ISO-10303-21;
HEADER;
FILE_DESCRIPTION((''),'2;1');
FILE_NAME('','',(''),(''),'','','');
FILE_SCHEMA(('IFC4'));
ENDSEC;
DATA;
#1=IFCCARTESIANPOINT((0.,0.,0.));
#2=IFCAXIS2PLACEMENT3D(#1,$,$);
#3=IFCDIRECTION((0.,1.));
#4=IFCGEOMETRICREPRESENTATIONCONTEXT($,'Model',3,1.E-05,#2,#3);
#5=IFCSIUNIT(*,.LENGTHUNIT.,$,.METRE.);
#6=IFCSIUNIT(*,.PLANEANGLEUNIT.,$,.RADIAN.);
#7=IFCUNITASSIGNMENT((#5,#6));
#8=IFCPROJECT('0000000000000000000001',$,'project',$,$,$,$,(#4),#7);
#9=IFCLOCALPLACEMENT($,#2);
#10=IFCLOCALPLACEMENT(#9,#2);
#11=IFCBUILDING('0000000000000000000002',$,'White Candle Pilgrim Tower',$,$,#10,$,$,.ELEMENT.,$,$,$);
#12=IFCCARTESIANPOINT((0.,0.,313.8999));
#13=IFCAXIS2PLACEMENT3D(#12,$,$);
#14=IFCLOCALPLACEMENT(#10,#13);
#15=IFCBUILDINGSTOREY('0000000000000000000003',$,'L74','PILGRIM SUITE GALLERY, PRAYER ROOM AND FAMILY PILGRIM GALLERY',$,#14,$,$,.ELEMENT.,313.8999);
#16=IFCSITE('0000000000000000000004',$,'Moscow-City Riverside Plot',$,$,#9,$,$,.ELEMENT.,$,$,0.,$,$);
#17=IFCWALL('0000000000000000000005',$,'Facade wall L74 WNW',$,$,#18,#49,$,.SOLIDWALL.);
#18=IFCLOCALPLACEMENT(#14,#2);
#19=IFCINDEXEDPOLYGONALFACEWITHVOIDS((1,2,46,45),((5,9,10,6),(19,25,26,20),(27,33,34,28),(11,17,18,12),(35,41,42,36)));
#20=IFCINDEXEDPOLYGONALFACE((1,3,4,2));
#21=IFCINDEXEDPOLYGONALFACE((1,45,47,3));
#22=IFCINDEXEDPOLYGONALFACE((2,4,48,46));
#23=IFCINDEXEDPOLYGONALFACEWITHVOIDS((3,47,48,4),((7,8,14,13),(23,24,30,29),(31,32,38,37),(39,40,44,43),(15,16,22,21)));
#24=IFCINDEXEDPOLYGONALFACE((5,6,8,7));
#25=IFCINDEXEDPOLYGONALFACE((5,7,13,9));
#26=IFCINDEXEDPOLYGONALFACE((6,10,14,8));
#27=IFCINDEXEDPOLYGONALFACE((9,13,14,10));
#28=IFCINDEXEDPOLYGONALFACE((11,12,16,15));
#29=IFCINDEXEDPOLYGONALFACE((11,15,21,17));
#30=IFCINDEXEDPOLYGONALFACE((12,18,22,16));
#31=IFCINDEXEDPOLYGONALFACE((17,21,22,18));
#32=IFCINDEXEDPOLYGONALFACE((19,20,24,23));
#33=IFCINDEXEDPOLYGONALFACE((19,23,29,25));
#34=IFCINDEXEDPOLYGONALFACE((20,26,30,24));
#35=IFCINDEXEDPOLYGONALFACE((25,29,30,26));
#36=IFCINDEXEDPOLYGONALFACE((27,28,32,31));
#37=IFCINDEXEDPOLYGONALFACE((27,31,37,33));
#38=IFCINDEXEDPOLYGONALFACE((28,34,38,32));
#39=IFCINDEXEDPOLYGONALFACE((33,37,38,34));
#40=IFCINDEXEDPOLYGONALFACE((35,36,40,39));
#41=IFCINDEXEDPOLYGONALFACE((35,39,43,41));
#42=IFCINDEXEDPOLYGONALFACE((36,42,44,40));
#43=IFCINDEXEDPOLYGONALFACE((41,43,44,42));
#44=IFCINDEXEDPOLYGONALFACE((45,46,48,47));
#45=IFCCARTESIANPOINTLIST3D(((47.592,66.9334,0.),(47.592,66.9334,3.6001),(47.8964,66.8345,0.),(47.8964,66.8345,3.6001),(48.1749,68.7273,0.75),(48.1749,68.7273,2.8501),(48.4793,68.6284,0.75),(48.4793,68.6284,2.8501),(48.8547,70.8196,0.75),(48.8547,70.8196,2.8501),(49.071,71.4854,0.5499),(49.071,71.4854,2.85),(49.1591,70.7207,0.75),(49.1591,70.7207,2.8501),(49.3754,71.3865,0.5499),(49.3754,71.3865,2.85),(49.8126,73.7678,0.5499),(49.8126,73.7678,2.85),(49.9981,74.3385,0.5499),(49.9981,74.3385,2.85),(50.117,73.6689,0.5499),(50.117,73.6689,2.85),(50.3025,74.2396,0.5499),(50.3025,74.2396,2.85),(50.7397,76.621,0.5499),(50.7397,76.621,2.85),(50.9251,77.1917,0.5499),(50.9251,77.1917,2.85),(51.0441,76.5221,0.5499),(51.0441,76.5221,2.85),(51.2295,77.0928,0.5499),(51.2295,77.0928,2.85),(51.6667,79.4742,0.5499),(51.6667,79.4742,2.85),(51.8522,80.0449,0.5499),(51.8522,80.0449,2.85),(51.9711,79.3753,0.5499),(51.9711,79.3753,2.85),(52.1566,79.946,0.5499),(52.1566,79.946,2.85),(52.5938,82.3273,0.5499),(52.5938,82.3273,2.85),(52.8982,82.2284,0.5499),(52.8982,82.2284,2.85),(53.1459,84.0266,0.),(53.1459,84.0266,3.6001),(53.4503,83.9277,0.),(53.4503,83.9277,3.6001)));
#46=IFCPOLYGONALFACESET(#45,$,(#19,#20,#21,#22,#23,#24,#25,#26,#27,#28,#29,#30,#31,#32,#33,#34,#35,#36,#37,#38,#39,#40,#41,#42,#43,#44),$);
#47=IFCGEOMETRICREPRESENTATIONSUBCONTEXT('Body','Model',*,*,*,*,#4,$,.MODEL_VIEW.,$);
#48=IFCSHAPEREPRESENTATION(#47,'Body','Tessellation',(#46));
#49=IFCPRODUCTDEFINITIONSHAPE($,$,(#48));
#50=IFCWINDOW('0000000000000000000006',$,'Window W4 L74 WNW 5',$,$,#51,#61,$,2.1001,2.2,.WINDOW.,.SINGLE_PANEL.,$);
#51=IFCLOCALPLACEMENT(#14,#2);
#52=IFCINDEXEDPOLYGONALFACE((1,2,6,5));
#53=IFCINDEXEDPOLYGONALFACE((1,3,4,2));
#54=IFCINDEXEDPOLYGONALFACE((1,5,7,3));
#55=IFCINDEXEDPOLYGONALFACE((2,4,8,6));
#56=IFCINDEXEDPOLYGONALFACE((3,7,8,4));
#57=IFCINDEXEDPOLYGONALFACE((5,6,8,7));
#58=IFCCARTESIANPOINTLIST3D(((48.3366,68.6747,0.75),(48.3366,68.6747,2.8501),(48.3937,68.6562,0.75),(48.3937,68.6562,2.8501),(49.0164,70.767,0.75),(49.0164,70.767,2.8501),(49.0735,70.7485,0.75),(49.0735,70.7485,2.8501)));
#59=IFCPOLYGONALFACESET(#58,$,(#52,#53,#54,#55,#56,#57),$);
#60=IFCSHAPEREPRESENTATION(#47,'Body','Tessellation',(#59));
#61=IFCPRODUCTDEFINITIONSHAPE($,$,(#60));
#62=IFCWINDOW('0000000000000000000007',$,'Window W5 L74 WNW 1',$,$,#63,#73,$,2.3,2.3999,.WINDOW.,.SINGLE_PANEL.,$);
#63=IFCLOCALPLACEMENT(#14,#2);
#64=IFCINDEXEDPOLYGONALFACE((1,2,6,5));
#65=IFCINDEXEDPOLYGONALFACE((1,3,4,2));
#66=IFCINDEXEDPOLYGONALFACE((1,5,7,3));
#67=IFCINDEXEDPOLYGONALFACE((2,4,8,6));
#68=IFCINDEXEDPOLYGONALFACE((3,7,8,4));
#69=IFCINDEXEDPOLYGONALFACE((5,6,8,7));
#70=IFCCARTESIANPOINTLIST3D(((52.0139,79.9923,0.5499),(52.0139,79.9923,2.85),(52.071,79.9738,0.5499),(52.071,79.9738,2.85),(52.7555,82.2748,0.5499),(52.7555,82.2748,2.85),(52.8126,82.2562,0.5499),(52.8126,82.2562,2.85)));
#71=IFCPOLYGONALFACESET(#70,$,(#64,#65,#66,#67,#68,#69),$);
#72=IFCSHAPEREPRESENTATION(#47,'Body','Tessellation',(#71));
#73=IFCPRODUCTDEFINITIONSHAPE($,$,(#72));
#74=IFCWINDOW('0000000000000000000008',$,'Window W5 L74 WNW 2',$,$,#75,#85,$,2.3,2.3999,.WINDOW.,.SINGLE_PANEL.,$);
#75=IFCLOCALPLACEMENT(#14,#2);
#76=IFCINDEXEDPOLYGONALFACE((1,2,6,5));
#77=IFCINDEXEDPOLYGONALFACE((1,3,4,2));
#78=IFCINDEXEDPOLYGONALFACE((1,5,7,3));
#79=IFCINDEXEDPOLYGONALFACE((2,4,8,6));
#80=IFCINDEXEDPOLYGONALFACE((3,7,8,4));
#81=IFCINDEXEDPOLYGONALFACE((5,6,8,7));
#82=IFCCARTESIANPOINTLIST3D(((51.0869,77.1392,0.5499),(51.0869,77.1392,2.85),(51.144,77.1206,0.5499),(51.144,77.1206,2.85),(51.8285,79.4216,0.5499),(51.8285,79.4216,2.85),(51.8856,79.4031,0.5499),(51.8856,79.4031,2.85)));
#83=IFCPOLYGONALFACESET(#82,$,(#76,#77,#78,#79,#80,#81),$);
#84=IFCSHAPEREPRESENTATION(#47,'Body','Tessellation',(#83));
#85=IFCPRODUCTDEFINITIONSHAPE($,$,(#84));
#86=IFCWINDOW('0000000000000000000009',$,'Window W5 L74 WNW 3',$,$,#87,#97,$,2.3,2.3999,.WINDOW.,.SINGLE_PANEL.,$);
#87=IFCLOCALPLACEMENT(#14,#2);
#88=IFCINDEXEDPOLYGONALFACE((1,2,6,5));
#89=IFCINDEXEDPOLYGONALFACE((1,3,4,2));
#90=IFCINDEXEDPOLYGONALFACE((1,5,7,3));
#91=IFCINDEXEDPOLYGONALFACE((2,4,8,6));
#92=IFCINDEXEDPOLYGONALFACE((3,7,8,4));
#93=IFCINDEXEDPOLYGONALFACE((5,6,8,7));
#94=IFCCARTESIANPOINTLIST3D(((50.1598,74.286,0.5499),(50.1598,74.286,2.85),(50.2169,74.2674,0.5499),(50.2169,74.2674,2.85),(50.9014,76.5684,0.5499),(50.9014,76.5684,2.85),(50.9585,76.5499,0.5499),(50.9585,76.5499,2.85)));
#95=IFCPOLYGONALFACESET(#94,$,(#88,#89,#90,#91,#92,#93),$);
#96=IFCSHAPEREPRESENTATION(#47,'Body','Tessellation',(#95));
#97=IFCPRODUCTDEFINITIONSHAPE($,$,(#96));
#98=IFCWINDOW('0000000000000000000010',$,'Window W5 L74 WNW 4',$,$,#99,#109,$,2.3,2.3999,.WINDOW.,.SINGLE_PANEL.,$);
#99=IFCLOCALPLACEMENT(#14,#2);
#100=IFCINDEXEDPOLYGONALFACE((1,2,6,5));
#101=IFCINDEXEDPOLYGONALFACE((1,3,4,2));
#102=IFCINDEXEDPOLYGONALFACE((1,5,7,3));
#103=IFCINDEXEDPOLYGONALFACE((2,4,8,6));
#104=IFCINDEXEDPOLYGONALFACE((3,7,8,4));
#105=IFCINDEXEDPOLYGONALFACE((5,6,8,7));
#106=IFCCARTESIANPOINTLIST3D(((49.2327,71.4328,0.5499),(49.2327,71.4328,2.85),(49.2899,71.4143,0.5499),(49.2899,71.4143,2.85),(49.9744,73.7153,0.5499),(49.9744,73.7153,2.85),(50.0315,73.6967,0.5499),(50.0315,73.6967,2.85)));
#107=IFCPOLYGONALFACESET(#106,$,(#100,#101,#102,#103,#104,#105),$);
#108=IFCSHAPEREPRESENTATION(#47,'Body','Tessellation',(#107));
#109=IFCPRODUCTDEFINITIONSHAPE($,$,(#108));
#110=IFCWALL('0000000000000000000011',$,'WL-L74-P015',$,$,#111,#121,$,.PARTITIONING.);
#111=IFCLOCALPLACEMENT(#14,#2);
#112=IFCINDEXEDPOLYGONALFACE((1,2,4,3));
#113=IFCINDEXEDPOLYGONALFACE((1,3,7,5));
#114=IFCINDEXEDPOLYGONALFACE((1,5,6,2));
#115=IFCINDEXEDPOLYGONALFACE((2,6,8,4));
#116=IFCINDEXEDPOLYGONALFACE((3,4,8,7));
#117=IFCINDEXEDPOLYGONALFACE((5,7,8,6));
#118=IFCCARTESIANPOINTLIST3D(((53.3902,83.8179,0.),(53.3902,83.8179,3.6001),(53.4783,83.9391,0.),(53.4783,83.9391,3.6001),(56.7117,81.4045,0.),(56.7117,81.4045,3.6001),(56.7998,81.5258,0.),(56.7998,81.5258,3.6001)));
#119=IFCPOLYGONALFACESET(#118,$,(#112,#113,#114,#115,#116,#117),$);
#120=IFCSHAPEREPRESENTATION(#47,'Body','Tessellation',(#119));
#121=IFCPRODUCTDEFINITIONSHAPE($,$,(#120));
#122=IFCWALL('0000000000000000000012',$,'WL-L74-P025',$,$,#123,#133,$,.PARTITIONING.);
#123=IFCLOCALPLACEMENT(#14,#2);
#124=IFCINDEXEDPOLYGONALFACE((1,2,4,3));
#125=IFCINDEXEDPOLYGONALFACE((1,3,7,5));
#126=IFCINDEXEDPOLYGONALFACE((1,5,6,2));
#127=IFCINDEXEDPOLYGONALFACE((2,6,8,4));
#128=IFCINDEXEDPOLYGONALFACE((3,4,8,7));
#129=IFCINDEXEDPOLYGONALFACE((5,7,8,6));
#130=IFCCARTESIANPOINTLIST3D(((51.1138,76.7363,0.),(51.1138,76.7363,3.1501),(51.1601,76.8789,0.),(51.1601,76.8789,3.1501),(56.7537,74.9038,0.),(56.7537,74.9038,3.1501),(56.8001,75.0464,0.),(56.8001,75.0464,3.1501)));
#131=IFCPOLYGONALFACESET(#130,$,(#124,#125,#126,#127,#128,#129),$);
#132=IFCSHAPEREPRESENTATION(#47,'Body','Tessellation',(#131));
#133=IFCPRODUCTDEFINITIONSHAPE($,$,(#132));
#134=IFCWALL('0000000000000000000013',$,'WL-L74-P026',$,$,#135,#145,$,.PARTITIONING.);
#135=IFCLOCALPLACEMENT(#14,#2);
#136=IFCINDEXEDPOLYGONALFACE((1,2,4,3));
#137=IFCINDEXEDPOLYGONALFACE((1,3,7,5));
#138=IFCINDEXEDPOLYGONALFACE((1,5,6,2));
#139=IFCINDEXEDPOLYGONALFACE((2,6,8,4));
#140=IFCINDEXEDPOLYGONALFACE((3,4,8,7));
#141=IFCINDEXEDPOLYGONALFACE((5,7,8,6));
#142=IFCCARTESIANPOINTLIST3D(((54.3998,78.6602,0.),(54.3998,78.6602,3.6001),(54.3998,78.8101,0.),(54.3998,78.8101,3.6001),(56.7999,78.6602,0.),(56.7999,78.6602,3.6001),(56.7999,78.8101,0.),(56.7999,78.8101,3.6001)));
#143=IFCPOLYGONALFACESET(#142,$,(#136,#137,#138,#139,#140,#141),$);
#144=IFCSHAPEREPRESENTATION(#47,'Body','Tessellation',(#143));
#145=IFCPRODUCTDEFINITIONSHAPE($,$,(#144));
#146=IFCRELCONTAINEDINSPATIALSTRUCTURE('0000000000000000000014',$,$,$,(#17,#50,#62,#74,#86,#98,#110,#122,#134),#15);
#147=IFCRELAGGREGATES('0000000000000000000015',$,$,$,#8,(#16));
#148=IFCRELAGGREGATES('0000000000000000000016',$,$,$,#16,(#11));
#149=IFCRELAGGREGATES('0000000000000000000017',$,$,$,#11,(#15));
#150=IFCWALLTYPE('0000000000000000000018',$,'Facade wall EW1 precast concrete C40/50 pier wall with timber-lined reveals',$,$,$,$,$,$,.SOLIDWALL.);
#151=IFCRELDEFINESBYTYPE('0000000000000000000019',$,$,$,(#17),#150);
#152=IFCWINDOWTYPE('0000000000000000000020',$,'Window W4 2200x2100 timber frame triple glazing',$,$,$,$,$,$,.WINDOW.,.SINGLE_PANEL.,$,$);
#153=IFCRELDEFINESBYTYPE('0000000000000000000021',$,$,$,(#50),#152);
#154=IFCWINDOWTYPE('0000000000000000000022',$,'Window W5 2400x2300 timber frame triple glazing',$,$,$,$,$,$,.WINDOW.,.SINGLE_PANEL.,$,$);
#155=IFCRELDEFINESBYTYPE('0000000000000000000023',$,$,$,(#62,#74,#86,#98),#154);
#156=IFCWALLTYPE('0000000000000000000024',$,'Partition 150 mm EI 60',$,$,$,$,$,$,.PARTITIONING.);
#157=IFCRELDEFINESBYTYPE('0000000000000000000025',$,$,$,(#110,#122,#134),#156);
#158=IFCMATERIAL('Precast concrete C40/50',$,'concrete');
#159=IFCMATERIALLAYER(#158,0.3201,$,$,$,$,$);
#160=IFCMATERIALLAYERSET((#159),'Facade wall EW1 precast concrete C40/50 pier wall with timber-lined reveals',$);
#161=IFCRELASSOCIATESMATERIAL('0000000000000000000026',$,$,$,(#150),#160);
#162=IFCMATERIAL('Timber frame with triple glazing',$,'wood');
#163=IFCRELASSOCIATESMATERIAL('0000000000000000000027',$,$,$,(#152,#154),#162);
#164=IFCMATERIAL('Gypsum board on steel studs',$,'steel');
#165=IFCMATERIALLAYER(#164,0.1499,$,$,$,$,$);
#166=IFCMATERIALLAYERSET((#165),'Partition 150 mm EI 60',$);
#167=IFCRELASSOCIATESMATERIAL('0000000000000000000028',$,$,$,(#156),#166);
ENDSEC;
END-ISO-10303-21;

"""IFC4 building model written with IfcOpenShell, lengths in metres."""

from ifc_helpers import new_model, si_unit, direction, frame, frame_2d, origin, place, context, subcontext, project, spatial, rectangle, extrude, material, layer, layer_set, type_object, element, fill, save


model = new_model("IFC4")

# Units and contexts
model_context = context("Model", 3, precision=1e-05, world=origin(), true_north=direction((0.0, 1.0)))
body_context = subcontext(model_context, "Body", "Model", "MODEL_VIEW")
ifc_project = project(units=[si_unit("LENGTHUNIT", "METRE"), si_unit("PLANEANGLEUNIT", "RADIAN")], contexts=[model_context])

# Site, building, storey
site_placement = place(None, origin())
site = spatial("IfcSite", under=ifc_project, at=site_placement, Name="Moscow-City Riverside Plot", CompositionType="ELEMENT", RefElevation=0.0)
building_placement = place(site_placement, origin())
building = spatial("IfcBuilding", under=site, at=building_placement, Name="White Candle Pilgrim Tower", CompositionType="ELEMENT")
storey_placement = place(building_placement, frame((0.0, 0.0, 313.8999)))
storey = spatial("IfcBuildingStorey", under=building, at=storey_placement, Name="L74", Description="PILGRIM SUITE GALLERY, PRAYER ROOM AND FAMILY PILGRIM GALLERY", CompositionType="ELEMENT", Elevation=313.8999)

# Shared definitions
ifc_material_1 = material(Name="Precast concrete C40/50", Category="concrete")
ifc_layer_1 = layer(ifc_material_1, 0.3201)
ifc_layer_set_1 = layer_set([ifc_layer_1], Name="Facade wall EW1 precast concrete C40/50 pier wall with timber-lined reveals")
wall_type_1 = type_object("IfcWallType", Name="Facade wall EW1 precast concrete C40/50 pier wall with timber-lined reveals", PredefinedType="SOLIDWALL", material=ifc_layer_set_1)
ifc_material_2 = material(Name="Timber frame with triple glazing", Category="wood")

# Wall, openings, windows
wall_1_placement = place(storey_placement, frame((53.2981, 83.9771, 0.0), z_axis=(0.0, 0.0, 1.0), x_axis=(-0.309018, -0.951056, 0.0)))
wall_1 = element("IfcWall", 1, at=wall_1_placement, inside=storey, type_object=wall_type_1, Name="Facade wall L74 WNW", PredefinedType="SOLIDWALL", context=body_context, shape_type="SweptSolid", body=[
    extrude(rectangle(XDim=17.9729, YDim=0.3201, at=frame_2d((8.9863, 0.0))), origin(), (0.0, 0.0, 1.0), 3.6001),
])
opening_1_placement = place(wall_1_placement, frame((1.7866, 0.0, 0.55)))
opening_1 = element("IfcOpeningElement", 2, at=opening_1_placement, cuts=wall_1, PredefinedType="OPENING", context=body_context, shape_type="SweptSolid", body=[
    extrude(rectangle(XDim=2.3999, YDim=2.3, at=frame_2d((1.2, 1.1499))), frame((0.0, 0.1699, 0.0), z_axis=(0.0, -1.0, 0.0), x_axis=(1.0, 0.0, 0.0)), (0.0, 0.0, 1.0), 0.3401),
])
opening_2_placement = place(wall_1_placement, frame((4.7866, 0.0, 0.55)))
opening_2 = element("IfcOpeningElement", 3, at=opening_2_placement, cuts=wall_1, PredefinedType="OPENING", context=body_context, shape_type="SweptSolid", body=[
    extrude(rectangle(XDim=2.3999, YDim=2.3, at=frame_2d((1.2, 1.1499))), frame((0.0, 0.1699, 0.0), z_axis=(0.0, -1.0, 0.0), x_axis=(1.0, 0.0, 0.0)), (0.0, 0.0, 1.0), 0.3401),
])
opening_3_placement = place(wall_1_placement, frame((7.7866, 0.0, 0.55)))
opening_3 = element("IfcOpeningElement", 4, at=opening_3_placement, cuts=wall_1, PredefinedType="OPENING", context=body_context, shape_type="SweptSolid", body=[
    extrude(rectangle(XDim=2.3999, YDim=2.3, at=frame_2d((1.2, 1.1499))), frame((0.0, 0.1699, 0.0), z_axis=(0.0, -1.0, 0.0), x_axis=(1.0, 0.0, 0.0)), (0.0, 0.0, 1.0), 0.3401),
])
opening_4_placement = place(wall_1_placement, frame((10.7866, 0.0, 0.55)))
opening_4 = element("IfcOpeningElement", 5, at=opening_4_placement, cuts=wall_1, PredefinedType="OPENING", context=body_context, shape_type="SweptSolid", body=[
    extrude(rectangle(XDim=2.3999, YDim=2.3, at=frame_2d((1.2, 1.1499))), frame((0.0, 0.1699, 0.0), z_axis=(0.0, -1.0, 0.0), x_axis=(1.0, 0.0, 0.0)), (0.0, 0.0, 1.0), 0.3401),
])
opening_5_placement = place(wall_1_placement, frame((13.8865, 0.0, 0.75)))
opening_5 = element("IfcOpeningElement", 6, at=opening_5_placement, cuts=wall_1, PredefinedType="OPENING", context=body_context, shape_type="SweptSolid", body=[
    extrude(rectangle(XDim=2.2, YDim=2.1001, at=frame_2d((1.1001, 1.05))), frame((0.0, 0.1699, 0.0), z_axis=(0.0, -1.0, 0.0), x_axis=(1.0, 0.0, 0.0)), (0.0, 0.0, 1.0), 0.3401),
])
window_type_1 = type_object("IfcWindowType", Name="Window W4 2200x2100 timber frame triple glazing", PartitioningType="SINGLE_PANEL", PredefinedType="WINDOW", material=ifc_material_2)
window_1_placement = place(opening_5_placement, origin())
window_1 = element("IfcWindow", 7, at=window_1_placement, inside=storey, type_object=window_type_1, Name="Window W4 L74 WNW 5", OverallHeight=2.1001, OverallWidth=2.2, PartitioningType="SINGLE_PANEL", PredefinedType="WINDOW", context=body_context, shape_type="SweptSolid", body=[
    extrude(rectangle(XDim=2.2, YDim=2.1001, at=frame_2d((1.1001, 1.05))), frame((0.0, 0.0701, 0.0), z_axis=(0.0, -1.0, 0.0), x_axis=(1.0, 0.0, 0.0)), (0.0, 0.0, 1.0), 0.0601),
])
fill(opening_5, window_1)
window_type_2 = type_object("IfcWindowType", Name="Window W5 2400x2300 timber frame triple glazing", PartitioningType="SINGLE_PANEL", PredefinedType="WINDOW", material=ifc_material_2)
window_2_placement = place(opening_1_placement, origin())
window_2 = element("IfcWindow", 8, at=window_2_placement, inside=storey, type_object=window_type_2, Name="Window W5 L74 WNW 1", OverallHeight=2.3, OverallWidth=2.3999, PartitioningType="SINGLE_PANEL", PredefinedType="WINDOW", context=body_context, shape_type="SweptSolid", body=[
    extrude(rectangle(XDim=2.3999, YDim=2.3, at=frame_2d((1.2, 1.1499))), frame((0.0, 0.0701, 0.0), z_axis=(0.0, -1.0, 0.0), x_axis=(1.0, 0.0, 0.0)), (0.0, 0.0, 1.0), 0.0601),
])
fill(opening_1, window_2)
window_3_placement = place(opening_2_placement, origin())
window_3 = element("IfcWindow", 9, at=window_3_placement, inside=storey, type_object=window_type_2, Name="Window W5 L74 WNW 2", OverallHeight=2.3, OverallWidth=2.3999, PartitioningType="SINGLE_PANEL", PredefinedType="WINDOW", context=body_context, shape_type="SweptSolid", body=[
    extrude(rectangle(XDim=2.3999, YDim=2.3, at=frame_2d((1.2, 1.1499))), frame((0.0, 0.0701, 0.0), z_axis=(0.0, -1.0, 0.0), x_axis=(1.0, 0.0, 0.0)), (0.0, 0.0, 1.0), 0.0601),
])
fill(opening_2, window_3)
window_4_placement = place(opening_3_placement, origin())
window_4 = element("IfcWindow", 10, at=window_4_placement, inside=storey, type_object=window_type_2, Name="Window W5 L74 WNW 3", OverallHeight=2.3, OverallWidth=2.3999, PartitioningType="SINGLE_PANEL", PredefinedType="WINDOW", context=body_context, shape_type="SweptSolid", body=[
    extrude(rectangle(XDim=2.3999, YDim=2.3, at=frame_2d((1.2, 1.1499))), frame((0.0, 0.0701, 0.0), z_axis=(0.0, -1.0, 0.0), x_axis=(1.0, 0.0, 0.0)), (0.0, 0.0, 1.0), 0.0601),
])
fill(opening_3, window_4)
window_5_placement = place(opening_4_placement, origin())
window_5 = element("IfcWindow", 11, at=window_5_placement, inside=storey, type_object=window_type_2, Name="Window W5 L74 WNW 4", OverallHeight=2.3, OverallWidth=2.3999, PartitioningType="SINGLE_PANEL", PredefinedType="WINDOW", context=body_context, shape_type="SweptSolid", body=[
    extrude(rectangle(XDim=2.3999, YDim=2.3, at=frame_2d((1.2, 1.1499))), frame((0.0, 0.0701, 0.0), z_axis=(0.0, -1.0, 0.0), x_axis=(1.0, 0.0, 0.0)), (0.0, 0.0, 1.0), 0.0601),
])
fill(opening_4, window_5)

# Walls
ifc_material_3 = material(Name="Gypsum board on steel studs", Category="steel")
ifc_layer_2 = layer(ifc_material_3, 0.1499)
ifc_layer_set_2 = layer_set([ifc_layer_2], Name="Partition 150 mm EI 60")
wall_type_2 = type_object("IfcWallType", Name="Partition 150 mm EI 60", PredefinedType="PARTITIONING", material=ifc_layer_set_2)
wall_2_placement = place(storey_placement, frame((53.4343, 83.8784, 0.0), z_axis=(0.0, 0.0, 1.0), x_axis=(0.809006, -0.5878, 0.0)))
element("IfcWall", 12, at=wall_2_placement, inside=storey, type_object=wall_type_2, Name="WL-L74-P015", PredefinedType="PARTITIONING", context=body_context, shape_type="SweptSolid", body=[
    extrude(rectangle(XDim=4.1057, YDim=0.1499, at=frame_2d((2.0527, 0.0))), origin(), (0.0, 0.0, 1.0), 3.6001),
])
wall_3_placement = place(storey_placement, frame((51.137, 76.8076, 0.0), z_axis=(0.0, 0.0, 1.0), x_axis=(0.951056, -0.309018, 0.0)))
element("IfcWall", 13, at=wall_3_placement, inside=storey, type_object=wall_type_2, Name="WL-L74-P025", PredefinedType="PARTITIONING", context=body_context, shape_type="SweptSolid", body=[
    extrude(rectangle(XDim=5.9302, YDim=0.1499, at=frame_2d((2.9651, 0.0))), origin(), (0.0, 0.0, 1.0), 3.1501),
])
wall_4_placement = place(storey_placement, frame((56.8, 78.7351, 0.0), z_axis=(0.0, 0.0, 1.0), x_axis=(-1.0, 0.0, 0.0)))
element("IfcWall", 14, at=wall_4_placement, inside=storey, type_object=wall_type_2, Name="WL-L74-P026", PredefinedType="PARTITIONING", context=body_context, shape_type="SweptSolid", body=[
    extrude(rectangle(XDim=2.4001, YDim=0.1499, at=frame_2d((1.2002, 0.0))), origin(), (0.0, 0.0, 1.0), 3.6001),
])

save(model, "model.ifc")
